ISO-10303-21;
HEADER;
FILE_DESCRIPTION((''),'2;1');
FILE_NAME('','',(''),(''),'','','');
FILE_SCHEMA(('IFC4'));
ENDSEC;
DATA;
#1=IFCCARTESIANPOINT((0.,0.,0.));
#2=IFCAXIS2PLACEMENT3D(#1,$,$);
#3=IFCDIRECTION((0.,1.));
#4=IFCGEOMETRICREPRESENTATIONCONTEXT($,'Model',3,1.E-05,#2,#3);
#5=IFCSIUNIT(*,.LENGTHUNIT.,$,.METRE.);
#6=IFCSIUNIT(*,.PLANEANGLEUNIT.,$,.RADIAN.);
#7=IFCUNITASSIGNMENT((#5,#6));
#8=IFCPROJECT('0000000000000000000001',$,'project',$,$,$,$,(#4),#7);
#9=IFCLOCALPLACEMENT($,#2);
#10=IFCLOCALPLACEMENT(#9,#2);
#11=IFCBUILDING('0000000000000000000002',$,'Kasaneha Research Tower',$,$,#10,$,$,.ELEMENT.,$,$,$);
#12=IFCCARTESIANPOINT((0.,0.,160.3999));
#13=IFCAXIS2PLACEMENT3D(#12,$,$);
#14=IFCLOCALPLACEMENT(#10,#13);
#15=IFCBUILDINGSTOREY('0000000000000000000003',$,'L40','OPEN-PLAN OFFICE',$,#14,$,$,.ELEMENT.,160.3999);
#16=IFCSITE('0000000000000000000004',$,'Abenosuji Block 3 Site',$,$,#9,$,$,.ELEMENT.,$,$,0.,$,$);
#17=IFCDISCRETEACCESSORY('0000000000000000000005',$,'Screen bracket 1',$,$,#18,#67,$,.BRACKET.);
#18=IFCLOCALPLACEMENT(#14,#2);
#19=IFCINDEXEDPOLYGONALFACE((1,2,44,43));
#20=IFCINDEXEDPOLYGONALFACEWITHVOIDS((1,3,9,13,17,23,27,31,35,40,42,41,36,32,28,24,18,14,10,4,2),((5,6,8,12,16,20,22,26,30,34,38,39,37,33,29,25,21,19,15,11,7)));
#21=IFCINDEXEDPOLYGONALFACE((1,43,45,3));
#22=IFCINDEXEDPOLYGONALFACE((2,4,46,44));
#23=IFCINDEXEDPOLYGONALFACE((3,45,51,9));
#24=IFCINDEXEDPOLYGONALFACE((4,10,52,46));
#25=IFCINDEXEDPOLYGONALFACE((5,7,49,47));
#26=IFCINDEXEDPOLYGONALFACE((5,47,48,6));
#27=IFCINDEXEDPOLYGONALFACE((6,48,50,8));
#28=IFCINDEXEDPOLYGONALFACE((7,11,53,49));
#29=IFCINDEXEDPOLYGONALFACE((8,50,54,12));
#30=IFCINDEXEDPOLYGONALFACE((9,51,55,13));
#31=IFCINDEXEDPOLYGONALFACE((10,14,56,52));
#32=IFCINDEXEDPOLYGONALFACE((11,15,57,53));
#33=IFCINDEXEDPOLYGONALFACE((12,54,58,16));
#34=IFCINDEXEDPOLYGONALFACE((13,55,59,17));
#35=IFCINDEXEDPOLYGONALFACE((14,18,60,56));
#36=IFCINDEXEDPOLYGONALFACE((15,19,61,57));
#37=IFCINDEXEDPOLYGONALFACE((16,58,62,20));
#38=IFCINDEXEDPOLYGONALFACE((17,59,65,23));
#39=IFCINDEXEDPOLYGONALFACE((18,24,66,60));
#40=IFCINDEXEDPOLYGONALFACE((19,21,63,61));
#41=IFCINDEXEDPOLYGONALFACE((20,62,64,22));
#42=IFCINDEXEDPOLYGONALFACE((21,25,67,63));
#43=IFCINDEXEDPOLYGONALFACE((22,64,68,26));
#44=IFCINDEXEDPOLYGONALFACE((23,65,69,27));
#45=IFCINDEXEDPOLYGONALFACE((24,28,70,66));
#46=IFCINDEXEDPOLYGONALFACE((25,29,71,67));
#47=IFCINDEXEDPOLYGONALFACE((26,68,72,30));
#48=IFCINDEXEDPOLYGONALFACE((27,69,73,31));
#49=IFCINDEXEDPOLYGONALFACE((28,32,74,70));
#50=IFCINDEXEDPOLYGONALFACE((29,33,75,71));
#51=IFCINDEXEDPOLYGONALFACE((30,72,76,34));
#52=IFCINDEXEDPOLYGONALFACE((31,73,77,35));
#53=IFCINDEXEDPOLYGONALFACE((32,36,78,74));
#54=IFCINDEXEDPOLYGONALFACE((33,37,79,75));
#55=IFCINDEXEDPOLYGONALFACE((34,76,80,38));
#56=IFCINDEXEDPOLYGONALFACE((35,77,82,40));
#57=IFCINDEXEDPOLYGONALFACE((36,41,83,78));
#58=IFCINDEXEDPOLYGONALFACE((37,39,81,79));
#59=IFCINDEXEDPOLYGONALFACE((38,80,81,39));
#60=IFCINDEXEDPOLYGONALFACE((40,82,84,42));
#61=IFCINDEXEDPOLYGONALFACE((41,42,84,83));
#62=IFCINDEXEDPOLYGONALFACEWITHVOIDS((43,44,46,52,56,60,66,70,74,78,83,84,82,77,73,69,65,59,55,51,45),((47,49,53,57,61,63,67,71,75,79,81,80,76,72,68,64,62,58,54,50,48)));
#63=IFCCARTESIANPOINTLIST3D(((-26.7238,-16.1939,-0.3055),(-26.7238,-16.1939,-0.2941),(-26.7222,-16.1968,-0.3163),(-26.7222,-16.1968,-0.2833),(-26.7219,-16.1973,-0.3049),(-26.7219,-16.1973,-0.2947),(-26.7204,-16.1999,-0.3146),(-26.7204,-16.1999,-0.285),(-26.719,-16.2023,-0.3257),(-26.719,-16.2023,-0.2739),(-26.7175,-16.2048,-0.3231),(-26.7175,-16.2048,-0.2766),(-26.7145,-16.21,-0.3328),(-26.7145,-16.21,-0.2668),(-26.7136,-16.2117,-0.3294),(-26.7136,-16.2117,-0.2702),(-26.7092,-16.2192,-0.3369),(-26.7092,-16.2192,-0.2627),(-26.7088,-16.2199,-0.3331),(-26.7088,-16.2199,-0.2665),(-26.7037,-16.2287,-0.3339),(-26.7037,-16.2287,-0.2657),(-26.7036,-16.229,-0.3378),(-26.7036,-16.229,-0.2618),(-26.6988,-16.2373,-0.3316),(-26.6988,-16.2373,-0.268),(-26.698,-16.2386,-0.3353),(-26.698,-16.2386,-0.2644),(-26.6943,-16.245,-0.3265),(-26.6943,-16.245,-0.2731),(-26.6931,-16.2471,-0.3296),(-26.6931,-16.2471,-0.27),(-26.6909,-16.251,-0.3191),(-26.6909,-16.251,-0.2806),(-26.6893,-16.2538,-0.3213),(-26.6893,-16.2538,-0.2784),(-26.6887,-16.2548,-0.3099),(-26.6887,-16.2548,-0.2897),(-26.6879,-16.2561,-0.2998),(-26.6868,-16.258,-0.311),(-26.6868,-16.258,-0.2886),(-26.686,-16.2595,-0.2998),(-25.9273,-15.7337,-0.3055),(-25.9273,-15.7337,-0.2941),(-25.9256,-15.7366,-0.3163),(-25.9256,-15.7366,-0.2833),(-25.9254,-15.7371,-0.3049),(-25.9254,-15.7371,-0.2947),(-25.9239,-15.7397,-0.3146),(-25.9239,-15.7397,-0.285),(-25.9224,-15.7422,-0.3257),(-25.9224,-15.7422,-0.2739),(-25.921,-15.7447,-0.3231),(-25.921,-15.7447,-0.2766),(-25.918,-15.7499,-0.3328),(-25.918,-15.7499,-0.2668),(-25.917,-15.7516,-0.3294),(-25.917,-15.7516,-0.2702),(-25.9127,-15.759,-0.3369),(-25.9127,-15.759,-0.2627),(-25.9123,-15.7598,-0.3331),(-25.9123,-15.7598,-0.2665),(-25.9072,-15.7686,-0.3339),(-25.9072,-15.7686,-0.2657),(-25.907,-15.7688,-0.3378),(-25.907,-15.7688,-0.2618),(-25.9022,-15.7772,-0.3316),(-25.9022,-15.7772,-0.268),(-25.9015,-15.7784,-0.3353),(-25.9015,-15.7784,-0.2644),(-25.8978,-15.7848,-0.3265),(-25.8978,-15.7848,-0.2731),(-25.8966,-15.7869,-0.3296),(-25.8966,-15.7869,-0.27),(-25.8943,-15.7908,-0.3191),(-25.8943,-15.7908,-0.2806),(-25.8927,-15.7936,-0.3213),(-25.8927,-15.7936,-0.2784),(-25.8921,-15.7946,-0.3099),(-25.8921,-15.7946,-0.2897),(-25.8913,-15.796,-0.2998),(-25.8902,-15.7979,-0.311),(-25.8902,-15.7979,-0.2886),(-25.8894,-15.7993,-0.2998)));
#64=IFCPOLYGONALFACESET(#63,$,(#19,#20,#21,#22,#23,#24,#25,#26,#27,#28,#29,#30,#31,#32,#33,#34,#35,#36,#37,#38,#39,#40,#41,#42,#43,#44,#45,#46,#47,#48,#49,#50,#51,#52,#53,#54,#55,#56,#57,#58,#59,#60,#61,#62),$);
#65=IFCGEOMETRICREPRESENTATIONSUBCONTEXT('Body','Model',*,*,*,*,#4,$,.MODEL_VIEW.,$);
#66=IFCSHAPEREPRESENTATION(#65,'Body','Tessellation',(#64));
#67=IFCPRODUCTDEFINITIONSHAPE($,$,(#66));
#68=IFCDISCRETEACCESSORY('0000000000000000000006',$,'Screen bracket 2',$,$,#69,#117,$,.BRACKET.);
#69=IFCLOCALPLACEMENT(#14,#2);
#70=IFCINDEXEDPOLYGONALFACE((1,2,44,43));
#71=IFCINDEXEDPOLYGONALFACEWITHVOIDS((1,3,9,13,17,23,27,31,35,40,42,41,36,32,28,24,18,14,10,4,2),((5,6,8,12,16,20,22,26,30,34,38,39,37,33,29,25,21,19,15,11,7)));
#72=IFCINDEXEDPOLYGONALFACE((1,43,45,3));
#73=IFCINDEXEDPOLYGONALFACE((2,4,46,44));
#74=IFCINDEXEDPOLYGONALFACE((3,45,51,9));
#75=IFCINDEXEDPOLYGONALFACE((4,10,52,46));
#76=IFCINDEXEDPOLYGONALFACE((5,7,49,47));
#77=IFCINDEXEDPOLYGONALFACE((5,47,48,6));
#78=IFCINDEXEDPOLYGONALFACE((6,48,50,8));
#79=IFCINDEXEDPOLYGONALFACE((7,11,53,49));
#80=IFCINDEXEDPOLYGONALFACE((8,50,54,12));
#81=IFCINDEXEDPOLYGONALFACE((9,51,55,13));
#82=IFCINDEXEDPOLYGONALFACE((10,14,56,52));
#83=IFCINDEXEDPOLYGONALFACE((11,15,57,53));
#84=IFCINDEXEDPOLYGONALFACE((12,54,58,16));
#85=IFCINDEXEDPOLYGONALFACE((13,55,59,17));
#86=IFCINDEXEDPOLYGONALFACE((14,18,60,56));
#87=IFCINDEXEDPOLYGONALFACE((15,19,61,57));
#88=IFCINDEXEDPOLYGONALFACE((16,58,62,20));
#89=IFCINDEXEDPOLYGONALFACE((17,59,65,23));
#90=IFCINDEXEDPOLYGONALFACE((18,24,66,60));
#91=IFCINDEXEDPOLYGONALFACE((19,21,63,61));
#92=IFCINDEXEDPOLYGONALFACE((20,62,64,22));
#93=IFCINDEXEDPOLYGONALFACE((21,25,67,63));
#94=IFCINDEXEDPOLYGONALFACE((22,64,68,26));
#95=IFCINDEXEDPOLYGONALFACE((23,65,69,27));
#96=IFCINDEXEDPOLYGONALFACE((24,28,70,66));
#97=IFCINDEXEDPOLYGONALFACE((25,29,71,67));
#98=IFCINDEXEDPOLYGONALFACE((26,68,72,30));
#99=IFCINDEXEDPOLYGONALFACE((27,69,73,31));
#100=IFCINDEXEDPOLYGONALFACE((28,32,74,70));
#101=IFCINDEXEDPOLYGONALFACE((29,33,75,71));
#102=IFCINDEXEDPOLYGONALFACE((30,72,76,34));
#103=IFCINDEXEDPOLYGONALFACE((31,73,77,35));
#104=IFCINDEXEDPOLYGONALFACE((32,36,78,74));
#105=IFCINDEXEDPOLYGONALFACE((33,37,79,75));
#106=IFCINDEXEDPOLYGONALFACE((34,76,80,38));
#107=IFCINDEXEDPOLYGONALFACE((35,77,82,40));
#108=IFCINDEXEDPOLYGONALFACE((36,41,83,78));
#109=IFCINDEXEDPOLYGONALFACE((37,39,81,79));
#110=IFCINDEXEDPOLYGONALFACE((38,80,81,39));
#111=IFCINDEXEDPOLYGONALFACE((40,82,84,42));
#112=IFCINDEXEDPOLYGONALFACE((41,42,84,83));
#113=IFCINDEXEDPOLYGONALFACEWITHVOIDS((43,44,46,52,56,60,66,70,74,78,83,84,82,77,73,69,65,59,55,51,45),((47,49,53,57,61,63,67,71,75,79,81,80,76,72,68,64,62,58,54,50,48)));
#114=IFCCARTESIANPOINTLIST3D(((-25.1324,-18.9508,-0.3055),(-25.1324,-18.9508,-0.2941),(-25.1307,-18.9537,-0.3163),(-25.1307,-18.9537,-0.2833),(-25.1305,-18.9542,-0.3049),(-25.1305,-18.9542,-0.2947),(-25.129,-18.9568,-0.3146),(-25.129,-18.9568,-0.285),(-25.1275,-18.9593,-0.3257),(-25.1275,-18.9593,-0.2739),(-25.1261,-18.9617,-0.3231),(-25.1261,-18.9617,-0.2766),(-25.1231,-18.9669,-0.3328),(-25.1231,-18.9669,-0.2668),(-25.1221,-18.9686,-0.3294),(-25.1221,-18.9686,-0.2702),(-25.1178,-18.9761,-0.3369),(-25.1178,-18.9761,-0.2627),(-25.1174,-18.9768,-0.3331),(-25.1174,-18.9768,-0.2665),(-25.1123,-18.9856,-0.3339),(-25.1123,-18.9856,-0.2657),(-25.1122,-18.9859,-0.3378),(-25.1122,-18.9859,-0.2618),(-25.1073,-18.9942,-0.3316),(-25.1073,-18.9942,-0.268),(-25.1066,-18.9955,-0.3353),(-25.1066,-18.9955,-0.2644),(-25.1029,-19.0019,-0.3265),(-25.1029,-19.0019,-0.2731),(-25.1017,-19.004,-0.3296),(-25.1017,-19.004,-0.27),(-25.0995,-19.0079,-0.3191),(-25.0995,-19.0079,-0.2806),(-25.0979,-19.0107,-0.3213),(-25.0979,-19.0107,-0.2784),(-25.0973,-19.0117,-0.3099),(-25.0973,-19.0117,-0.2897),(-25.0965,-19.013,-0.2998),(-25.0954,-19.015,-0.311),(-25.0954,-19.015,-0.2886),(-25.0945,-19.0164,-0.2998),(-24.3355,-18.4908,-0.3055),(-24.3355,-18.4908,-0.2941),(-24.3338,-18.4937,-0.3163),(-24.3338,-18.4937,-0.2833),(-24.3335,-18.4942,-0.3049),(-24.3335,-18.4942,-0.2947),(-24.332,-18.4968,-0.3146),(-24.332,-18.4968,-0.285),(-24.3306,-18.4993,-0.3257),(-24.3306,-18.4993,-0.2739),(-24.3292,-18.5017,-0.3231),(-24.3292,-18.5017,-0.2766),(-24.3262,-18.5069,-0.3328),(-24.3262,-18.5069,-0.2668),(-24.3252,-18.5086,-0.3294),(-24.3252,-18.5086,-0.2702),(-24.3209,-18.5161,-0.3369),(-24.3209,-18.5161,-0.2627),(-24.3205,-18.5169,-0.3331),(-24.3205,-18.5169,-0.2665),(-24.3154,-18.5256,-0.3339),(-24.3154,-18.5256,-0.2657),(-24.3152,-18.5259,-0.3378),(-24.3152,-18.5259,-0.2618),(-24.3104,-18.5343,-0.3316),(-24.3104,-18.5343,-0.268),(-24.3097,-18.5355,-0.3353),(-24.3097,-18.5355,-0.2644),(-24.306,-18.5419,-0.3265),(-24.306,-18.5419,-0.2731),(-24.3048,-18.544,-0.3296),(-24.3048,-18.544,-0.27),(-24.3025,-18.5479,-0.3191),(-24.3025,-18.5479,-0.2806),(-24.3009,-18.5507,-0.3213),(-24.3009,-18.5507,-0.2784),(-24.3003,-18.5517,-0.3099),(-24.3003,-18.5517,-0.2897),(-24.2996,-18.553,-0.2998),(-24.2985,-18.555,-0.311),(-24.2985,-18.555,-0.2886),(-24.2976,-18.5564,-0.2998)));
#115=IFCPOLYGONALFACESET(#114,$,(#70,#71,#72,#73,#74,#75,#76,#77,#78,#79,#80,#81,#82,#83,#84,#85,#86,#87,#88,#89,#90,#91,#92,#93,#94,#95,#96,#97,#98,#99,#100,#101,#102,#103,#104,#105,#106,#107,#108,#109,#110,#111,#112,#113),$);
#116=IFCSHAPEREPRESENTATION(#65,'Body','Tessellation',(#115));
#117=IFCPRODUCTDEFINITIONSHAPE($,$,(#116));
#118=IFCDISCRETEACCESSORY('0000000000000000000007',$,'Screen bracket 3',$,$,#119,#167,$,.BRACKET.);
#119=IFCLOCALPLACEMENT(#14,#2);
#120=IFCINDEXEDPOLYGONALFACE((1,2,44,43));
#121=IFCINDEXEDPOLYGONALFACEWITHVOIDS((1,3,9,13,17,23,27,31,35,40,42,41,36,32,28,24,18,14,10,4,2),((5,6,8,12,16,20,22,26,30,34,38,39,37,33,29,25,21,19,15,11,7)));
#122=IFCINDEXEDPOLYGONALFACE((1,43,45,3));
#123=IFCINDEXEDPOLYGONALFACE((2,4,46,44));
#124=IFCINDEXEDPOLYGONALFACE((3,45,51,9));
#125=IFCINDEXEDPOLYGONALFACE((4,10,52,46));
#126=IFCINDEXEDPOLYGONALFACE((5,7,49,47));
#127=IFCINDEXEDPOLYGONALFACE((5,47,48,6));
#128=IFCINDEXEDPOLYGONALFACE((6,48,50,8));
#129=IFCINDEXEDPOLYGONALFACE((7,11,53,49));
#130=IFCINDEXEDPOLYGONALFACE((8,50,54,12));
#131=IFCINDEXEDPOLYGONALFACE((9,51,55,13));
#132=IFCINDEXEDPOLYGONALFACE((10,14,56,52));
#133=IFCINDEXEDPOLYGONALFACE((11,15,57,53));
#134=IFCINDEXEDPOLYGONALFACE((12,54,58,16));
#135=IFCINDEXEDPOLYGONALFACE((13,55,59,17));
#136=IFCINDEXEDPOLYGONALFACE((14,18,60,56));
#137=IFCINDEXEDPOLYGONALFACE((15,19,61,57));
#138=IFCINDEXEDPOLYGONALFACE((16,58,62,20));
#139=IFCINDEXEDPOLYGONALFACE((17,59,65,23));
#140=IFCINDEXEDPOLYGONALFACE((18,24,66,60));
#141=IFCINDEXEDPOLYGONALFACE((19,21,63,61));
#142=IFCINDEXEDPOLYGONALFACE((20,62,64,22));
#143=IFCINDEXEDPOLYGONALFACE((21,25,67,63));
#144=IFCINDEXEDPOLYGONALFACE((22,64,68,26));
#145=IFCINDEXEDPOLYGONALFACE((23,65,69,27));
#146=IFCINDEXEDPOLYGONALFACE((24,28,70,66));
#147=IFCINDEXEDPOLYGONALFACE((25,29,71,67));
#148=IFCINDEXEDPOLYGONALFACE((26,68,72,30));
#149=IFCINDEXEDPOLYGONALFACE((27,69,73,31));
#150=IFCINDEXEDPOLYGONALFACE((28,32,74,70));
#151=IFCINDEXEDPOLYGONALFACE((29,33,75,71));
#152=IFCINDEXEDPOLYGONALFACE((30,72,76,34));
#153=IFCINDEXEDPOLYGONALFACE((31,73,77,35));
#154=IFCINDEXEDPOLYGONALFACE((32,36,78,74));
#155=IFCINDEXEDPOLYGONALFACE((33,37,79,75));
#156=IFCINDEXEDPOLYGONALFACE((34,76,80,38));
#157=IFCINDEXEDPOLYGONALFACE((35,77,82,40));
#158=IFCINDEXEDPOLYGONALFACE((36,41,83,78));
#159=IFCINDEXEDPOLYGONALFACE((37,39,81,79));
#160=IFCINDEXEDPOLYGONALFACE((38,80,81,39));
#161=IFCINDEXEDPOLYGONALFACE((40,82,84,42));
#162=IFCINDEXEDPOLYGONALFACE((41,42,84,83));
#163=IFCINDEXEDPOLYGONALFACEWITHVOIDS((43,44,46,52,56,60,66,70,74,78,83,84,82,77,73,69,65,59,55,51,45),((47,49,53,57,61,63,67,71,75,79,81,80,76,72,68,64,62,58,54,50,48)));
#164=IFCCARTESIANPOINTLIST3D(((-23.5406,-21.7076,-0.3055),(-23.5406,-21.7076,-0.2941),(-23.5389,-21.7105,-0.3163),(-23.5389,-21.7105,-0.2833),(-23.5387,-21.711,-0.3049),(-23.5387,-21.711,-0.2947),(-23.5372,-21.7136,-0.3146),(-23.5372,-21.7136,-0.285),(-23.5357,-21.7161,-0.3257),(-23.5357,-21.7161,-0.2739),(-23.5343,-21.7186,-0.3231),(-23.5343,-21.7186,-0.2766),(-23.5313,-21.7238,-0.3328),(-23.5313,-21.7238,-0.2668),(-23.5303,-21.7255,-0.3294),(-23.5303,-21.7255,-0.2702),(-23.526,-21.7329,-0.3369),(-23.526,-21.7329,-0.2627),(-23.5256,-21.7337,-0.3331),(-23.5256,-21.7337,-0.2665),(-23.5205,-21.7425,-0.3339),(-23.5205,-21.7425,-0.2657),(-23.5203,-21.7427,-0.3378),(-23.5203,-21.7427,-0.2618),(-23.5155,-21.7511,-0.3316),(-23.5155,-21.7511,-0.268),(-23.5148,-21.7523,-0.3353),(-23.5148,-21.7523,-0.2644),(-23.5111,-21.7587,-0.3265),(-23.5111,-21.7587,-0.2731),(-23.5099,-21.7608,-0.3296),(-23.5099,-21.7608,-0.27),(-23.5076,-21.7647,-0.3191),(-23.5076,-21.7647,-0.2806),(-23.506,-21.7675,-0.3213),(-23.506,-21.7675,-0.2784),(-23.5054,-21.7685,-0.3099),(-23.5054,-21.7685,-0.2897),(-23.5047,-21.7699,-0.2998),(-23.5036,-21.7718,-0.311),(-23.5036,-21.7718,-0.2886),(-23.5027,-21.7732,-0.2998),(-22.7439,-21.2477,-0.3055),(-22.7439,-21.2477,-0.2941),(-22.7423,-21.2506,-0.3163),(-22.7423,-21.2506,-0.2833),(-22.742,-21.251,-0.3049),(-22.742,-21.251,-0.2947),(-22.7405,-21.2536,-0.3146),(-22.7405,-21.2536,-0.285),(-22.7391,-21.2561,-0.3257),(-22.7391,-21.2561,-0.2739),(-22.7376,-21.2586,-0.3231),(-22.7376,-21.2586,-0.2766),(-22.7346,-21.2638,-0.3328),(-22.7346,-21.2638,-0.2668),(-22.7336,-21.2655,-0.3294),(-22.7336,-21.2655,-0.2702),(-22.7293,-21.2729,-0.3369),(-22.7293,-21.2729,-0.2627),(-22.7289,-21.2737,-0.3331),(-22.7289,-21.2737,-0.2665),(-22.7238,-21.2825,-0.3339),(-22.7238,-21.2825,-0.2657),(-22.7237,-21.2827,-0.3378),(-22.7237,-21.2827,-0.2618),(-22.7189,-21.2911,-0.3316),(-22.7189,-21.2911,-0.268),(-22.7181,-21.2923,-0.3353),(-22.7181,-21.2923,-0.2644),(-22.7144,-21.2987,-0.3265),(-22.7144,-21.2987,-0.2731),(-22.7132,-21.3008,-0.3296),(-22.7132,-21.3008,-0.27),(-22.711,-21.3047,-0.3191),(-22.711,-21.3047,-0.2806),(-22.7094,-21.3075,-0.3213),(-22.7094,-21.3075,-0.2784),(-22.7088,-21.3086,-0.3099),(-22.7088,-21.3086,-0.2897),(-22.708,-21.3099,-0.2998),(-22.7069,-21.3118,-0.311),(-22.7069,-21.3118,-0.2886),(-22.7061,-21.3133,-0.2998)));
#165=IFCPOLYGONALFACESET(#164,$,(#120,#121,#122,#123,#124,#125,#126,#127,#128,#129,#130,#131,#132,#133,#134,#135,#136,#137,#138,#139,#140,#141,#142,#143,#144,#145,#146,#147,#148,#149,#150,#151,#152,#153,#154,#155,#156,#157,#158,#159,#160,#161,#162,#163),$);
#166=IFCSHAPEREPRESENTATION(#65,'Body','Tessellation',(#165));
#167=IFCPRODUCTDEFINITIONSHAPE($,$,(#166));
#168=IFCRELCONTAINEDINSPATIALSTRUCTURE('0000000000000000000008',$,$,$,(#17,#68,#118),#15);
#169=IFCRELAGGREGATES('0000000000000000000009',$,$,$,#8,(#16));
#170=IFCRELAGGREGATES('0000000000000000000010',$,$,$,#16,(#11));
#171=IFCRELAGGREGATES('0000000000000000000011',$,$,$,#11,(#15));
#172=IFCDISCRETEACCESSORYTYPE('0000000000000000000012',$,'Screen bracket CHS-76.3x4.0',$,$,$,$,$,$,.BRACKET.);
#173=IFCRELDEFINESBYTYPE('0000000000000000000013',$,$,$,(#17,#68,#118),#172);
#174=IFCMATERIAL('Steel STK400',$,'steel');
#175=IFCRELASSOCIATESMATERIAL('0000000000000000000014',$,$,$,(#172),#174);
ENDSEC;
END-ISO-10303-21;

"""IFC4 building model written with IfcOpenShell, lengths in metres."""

from ifc_helpers import new_model, si_unit, direction, frame, origin, origin_2d, place, context, subcontext, project, spatial, hollow_circle, extrude, material, material_profile, profile_set, type_object, element, save


model = new_model("IFC4")

# Units and contexts
model_context = context("Model", 3, precision=1e-05, world=origin(), true_north=direction((0.0, 1.0)))
body_context = subcontext(model_context, "Body", "Model", "MODEL_VIEW")
ifc_project = project(units=[si_unit("LENGTHUNIT", "METRE"), si_unit("PLANEANGLEUNIT", "RADIAN")], contexts=[model_context])

# Site, building, storey
site_placement = place(None, origin())
site = spatial("IfcSite", under=ifc_project, at=site_placement, Name="Abenosuji Block 3 Site", CompositionType="ELEMENT", RefElevation=0.0)
building_placement = place(site_placement, origin())
building = spatial("IfcBuilding", under=site, at=building_placement, Name="Kasaneha Research Tower", CompositionType="ELEMENT")
storey_placement = place(building_placement, frame((0.0, 0.0, 160.3999)))
storey = spatial("IfcBuildingStorey", under=building, at=storey_placement, Name="L40", Description="OPEN-PLAN OFFICE", CompositionType="ELEMENT", Elevation=160.3999)

# Discrete accessories
ifc_material_1 = material(Name="Steel STK400", Category="steel")
ifc_material_profile_1 = material_profile(ifc_material_1, hollow_circle(Radius=0.0381, WallThickness=0.0039, at=origin_2d()), Name="CHS-76.3x4.0")
ifc_profile_set_1 = profile_set([ifc_material_profile_1], Name="Steel STK400")
discrete_accessory_type = type_object("IfcDiscreteAccessoryType", Name="Screen bracket CHS-76.3x4.0", PredefinedType="BRACKET", material=ifc_profile_set_1)
for number, where, z_axis, x_axis, name in (
    (1, (-25.9084, -15.7664, -0.2998), (-0.865898, -0.50022, 0.0), (0.50022, -0.865898, 0.0), "Screen bracket 1"),
):
    element("IfcDiscreteAccessory", number, at=place(storey_placement, frame(where, z_axis=z_axis, x_axis=x_axis)), inside=storey, type_object=discrete_accessory_type, Name=name, PredefinedType="BRACKET", context=body_context, shape_type="SweptSolid", body=[
        extrude(hollow_circle(Radius=0.0381, WallThickness=0.0039, at=origin_2d()), origin(), (0.0, 0.0, 1.0), 0.9199),
    ])
discrete_accessory_1_placement = place(storey_placement, frame((-24.3167, -18.5234, -0.2998), z_axis=(-0.86608, -0.499906, 0.0), x_axis=(0.499906, -0.86608, 0.0)))
element("IfcDiscreteAccessory", 2, at=discrete_accessory_1_placement, inside=storey, type_object=discrete_accessory_type, Name="Screen bracket 2", PredefinedType="BRACKET", context=body_context, shape_type="SweptSolid", body=[
    extrude(hollow_circle(Radius=0.0381, WallThickness=0.0039, at=origin_2d()), origin(), (0.0, 0.0, 1.0), 0.9202),
])
discrete_accessory_2_placement = place(storey_placement, frame((-22.7251, -21.2803, -0.2998), z_axis=(-0.866013, -0.500021, 0.0), x_axis=(0.500021, -0.866013, 0.0)))
element("IfcDiscreteAccessory", 3, at=discrete_accessory_2_placement, inside=storey, type_object=discrete_accessory_type, Name="Screen bracket 3", PredefinedType="BRACKET", context=body_context, shape_type="SweptSolid", body=[
    extrude(hollow_circle(Radius=0.0381, WallThickness=0.0039, at=origin_2d()), origin(), (0.0, 0.0, 1.0), 0.9199),
])

save(model, "model.ifc")
